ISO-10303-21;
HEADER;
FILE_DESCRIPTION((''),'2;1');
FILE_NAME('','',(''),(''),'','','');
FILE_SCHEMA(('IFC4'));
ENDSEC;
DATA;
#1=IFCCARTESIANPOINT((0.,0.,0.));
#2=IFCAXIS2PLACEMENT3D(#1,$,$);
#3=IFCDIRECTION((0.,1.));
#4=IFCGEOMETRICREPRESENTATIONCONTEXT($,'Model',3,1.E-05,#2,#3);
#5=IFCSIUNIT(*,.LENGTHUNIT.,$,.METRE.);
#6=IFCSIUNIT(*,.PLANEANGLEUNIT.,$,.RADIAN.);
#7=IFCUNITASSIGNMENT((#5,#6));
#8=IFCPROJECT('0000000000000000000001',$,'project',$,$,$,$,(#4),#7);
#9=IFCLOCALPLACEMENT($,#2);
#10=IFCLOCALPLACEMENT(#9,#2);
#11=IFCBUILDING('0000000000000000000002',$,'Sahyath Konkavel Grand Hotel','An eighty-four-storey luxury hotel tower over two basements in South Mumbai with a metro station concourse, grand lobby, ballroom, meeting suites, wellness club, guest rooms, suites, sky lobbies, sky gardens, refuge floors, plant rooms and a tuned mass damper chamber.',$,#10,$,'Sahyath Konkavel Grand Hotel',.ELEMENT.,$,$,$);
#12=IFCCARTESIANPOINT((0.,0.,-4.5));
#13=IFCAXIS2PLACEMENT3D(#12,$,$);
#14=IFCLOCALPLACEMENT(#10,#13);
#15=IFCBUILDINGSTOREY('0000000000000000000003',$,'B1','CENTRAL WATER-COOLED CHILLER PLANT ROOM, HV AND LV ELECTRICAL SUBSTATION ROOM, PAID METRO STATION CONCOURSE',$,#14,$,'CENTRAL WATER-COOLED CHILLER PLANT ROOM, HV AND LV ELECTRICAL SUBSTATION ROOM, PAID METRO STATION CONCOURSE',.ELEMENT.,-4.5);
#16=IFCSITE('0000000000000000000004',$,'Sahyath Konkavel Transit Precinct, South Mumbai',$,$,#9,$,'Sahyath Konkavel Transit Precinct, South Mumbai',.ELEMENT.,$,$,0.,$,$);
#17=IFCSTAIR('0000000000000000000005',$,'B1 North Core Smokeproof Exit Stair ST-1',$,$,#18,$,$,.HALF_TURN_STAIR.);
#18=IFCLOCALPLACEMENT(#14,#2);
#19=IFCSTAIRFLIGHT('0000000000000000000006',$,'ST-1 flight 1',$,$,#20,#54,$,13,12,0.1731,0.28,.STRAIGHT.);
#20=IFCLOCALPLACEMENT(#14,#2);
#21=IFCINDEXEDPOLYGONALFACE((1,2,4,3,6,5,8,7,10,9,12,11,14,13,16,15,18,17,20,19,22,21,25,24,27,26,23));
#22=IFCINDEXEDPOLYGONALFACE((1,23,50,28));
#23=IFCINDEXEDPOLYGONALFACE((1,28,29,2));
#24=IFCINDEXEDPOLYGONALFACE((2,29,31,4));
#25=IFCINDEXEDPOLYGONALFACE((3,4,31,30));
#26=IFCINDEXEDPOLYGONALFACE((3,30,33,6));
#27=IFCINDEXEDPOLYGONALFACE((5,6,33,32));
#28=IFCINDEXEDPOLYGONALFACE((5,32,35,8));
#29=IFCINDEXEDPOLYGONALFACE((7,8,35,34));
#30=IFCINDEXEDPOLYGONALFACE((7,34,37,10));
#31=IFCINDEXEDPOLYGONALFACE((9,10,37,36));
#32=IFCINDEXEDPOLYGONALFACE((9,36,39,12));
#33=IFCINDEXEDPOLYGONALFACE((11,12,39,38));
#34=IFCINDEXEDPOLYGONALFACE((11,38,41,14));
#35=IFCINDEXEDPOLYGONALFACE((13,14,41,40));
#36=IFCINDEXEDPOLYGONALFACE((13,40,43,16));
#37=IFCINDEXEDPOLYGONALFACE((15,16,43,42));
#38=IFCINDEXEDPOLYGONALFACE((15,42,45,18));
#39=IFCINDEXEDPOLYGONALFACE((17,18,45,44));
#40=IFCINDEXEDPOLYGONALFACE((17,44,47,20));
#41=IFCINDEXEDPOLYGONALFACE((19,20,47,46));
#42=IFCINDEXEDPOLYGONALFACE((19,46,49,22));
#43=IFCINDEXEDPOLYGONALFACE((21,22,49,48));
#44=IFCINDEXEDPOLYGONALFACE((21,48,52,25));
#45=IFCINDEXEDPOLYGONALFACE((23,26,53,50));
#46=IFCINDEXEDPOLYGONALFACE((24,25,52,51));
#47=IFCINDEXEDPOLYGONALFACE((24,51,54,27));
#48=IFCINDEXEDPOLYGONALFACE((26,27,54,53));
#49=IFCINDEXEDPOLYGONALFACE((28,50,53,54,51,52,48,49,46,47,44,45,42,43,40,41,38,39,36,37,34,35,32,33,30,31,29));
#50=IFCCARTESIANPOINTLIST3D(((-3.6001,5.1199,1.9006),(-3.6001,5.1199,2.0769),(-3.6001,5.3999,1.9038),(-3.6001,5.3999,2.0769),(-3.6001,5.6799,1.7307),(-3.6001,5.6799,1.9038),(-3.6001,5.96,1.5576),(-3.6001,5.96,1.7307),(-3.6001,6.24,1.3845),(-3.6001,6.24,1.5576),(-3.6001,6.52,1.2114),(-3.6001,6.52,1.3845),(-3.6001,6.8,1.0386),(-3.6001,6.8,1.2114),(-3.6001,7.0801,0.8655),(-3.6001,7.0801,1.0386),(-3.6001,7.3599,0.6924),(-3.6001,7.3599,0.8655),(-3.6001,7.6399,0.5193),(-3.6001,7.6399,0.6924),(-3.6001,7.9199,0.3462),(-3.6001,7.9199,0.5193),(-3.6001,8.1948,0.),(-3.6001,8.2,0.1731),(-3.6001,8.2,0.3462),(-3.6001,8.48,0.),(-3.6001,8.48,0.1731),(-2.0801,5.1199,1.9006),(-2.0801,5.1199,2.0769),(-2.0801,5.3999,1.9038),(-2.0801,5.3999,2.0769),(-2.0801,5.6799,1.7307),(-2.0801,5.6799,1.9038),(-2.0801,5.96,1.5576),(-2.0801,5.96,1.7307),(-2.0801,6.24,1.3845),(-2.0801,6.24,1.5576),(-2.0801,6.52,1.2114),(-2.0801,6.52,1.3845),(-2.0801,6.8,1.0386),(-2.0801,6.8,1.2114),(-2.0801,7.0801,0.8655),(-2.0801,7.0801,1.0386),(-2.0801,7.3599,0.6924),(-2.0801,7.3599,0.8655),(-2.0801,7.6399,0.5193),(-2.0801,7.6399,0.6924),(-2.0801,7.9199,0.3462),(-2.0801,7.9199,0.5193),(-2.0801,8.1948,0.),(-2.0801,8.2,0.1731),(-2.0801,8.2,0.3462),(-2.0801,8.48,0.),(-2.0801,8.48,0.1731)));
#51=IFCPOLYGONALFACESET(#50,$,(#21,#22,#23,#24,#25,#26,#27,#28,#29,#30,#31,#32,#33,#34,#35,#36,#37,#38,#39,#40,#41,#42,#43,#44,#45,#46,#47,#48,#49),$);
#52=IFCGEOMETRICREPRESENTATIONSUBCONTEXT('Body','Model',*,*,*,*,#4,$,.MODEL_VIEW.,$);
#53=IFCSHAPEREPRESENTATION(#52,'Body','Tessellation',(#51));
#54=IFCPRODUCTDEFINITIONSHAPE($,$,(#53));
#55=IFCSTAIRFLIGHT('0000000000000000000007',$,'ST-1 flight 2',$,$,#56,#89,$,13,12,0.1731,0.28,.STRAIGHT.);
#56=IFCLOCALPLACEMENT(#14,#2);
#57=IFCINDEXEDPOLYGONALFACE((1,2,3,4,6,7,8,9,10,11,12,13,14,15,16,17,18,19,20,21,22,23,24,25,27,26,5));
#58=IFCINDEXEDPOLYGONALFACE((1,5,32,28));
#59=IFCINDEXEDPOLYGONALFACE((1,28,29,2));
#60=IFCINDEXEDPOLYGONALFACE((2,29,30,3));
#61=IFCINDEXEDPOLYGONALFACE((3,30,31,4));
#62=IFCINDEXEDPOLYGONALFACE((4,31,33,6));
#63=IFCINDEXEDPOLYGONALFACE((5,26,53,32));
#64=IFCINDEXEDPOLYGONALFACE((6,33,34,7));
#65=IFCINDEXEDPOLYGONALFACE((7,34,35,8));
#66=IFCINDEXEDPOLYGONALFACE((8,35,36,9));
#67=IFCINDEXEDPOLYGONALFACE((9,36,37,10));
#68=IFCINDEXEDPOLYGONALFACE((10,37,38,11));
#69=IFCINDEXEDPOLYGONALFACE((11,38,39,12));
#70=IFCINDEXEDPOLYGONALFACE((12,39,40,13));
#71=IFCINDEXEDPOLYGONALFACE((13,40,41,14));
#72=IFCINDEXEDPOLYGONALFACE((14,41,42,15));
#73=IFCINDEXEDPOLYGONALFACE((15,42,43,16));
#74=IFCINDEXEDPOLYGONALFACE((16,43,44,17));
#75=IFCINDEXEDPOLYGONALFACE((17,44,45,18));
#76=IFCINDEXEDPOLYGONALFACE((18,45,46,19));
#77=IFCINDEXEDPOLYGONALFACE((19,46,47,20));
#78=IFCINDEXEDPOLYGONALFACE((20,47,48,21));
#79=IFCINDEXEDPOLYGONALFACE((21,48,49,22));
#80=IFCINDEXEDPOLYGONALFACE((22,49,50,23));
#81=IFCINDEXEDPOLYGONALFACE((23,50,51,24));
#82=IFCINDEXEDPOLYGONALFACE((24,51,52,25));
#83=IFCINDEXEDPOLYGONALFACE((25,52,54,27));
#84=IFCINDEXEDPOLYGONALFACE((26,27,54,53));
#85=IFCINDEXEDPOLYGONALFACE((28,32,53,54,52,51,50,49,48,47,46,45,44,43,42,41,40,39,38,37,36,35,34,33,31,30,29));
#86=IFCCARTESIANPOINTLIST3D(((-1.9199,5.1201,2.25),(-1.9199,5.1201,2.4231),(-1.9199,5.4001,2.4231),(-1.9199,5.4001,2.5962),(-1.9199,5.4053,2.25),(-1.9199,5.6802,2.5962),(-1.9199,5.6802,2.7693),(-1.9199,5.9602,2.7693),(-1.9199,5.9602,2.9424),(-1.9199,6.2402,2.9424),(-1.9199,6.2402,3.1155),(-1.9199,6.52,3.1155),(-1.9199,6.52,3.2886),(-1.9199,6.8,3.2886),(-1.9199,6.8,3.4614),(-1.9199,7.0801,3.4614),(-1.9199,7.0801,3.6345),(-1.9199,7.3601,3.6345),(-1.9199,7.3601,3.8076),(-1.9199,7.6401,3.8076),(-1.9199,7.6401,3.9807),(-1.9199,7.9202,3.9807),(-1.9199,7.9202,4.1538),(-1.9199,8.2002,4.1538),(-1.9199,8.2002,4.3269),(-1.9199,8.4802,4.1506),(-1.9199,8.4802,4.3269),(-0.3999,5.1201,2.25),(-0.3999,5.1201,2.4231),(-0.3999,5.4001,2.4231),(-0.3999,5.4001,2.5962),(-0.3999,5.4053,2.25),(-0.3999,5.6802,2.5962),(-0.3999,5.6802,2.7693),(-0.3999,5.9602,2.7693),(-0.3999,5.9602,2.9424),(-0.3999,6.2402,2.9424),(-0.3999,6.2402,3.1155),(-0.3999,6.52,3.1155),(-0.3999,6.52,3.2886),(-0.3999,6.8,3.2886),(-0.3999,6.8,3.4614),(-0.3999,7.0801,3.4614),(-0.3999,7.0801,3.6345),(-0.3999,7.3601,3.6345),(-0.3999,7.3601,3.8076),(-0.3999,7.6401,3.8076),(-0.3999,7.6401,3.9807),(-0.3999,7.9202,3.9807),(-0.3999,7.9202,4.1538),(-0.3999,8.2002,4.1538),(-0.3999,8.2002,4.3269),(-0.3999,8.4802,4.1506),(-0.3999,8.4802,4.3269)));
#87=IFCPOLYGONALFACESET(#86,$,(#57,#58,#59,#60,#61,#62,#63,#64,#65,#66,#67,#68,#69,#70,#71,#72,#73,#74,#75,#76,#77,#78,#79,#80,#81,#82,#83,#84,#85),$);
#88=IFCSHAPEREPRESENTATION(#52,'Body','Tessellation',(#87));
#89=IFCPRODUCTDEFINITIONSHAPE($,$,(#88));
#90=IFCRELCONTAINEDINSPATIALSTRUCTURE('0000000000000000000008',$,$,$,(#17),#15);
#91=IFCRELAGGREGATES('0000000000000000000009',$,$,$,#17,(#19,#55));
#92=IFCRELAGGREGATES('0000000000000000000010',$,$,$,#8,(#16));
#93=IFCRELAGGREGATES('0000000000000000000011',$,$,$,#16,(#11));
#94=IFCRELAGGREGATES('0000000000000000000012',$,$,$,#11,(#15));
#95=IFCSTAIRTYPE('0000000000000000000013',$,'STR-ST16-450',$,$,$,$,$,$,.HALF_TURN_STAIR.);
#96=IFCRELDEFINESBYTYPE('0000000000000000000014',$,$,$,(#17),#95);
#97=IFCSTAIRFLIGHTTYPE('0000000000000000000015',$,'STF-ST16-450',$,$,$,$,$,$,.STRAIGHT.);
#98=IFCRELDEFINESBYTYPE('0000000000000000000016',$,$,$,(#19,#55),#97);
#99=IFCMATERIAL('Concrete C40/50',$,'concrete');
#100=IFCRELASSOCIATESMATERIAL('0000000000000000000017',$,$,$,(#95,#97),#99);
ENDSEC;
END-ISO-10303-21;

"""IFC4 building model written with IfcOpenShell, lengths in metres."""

from ifc_helpers import new_model, si_unit, direction, frame, origin, place, context, subcontext, project, spatial, polyline, outline, extrude, material, type_object, element, aggregate, save


model = new_model("IFC4")

# Units and contexts
model_context = context("Model", 3, precision=1e-05, world=origin(), true_north=direction((0.0, 1.0)))
body_context = subcontext(model_context, "Body", "Model", "MODEL_VIEW")
ifc_project = project(units=[si_unit("LENGTHUNIT", "METRE"), si_unit("PLANEANGLEUNIT", "RADIAN")], contexts=[model_context])

# Site, building, storey
site_placement = place(None, origin())
site = spatial("IfcSite", under=ifc_project, at=site_placement, Name="Sahyath Konkavel Transit Precinct, South Mumbai", LongName="Sahyath Konkavel Transit Precinct, South Mumbai", CompositionType="ELEMENT", RefElevation=0.0)
building_placement = place(site_placement, origin())
building = spatial("IfcBuilding", under=site, at=building_placement, Name="Sahyath Konkavel Grand Hotel", Description="An eighty-four-storey luxury hotel tower over two basements in South Mumbai with a metro station concourse, grand lobby, ballroom, meeting suites, wellness club, guest rooms, suites, sky lobbies, sky gardens, refuge floors, plant rooms and a tuned mass damper chamber.", LongName="Sahyath Konkavel Grand Hotel", CompositionType="ELEMENT")
storey_placement = place(building_placement, frame((0.0, 0.0, -4.5)))
storey = spatial("IfcBuildingStorey", under=building, at=storey_placement, Name="B1", Description="CENTRAL WATER-COOLED CHILLER PLANT ROOM, HV AND LV ELECTRICAL SUBSTATION ROOM, PAID METRO STATION CONCOURSE", LongName="CENTRAL WATER-COOLED CHILLER PLANT ROOM, HV AND LV ELECTRICAL SUBSTATION ROOM, PAID METRO STATION CONCOURSE", CompositionType="ELEMENT", Elevation=-4.5)

# Shared definitions
ifc_material_1 = material(Name="Concrete C40/50", Category="concrete")

# Stair, stair flights
stair_type = type_object("IfcStairType", Name="STR-ST16-450", PredefinedType="HALF_TURN_STAIR", material=ifc_material_1)
stair_placement = place(storey_placement, origin())
stair = element("IfcStair", 1, at=stair_placement, inside=storey, type_object=stair_type, Name="B1 North Core Smokeproof Exit Stair ST-1", PredefinedType="HALF_TURN_STAIR")
stair_flight_type = type_object("IfcStairFlightType", Name="STF-ST16-450", PredefinedType="STRAIGHT", material=ifc_material_1)
stair_flight_1_placement = place(storey_placement, frame((-2.8401, 8.48, 0.0), z_axis=(0.0, 0.0, 1.0), x_axis=(0.0, -1.0, 0.0)))
stair_flight_1 = element("IfcStairFlight", 2, at=stair_flight_1_placement, type_object=stair_flight_type, Name="ST-1 flight 1", NumberOfRisers=13, NumberOfTreads=12, PredefinedType="STRAIGHT", RiserHeight=0.1731, TreadLength=0.28, context=body_context, shape_type="SweptSolid", body=[
    extrude(outline(polyline([(0.0, 0.0), (0.0, 0.1731), (0.28, 0.1731), (0.28, 0.3462), (0.5601, 0.3462), (0.5601, 0.5193), (0.8401, 0.5193), (0.8401, 0.6924), (1.1201, 0.6924), (1.1201, 0.8655), (1.3999, 0.8655), (1.3999, 1.0386), (1.6799, 1.0386), (1.6799, 1.2114), (1.96, 1.2114), (1.96, 1.3845), (2.24, 1.3845), (2.24, 1.5576), (2.52, 1.5576), (2.52, 1.7307), (2.8, 1.7307), (2.8, 1.9038), (3.0801, 1.9038), (3.0801, 2.0769), (3.3601, 2.0769), (3.3601, 2.25), (3.3601, 1.9006), (0.2852, 0.0), (0.0, 0.0)])), frame((0.0, 0.76, 0.0), z_axis=(0.0, -1.0, 0.0), x_axis=(1.0, 0.0, 0.0)), (0.0, 0.0, 1.0), 1.52),
])
stair_flight_2_placement = place(storey_placement, frame((-1.1599, 5.1201, 2.25), z_axis=(0.0, 0.0, 1.0), x_axis=(0.0, 1.0, 0.0)))
stair_flight_2 = element("IfcStairFlight", 3, at=stair_flight_2_placement, type_object=stair_flight_type, Name="ST-1 flight 2", NumberOfRisers=13, NumberOfTreads=12, PredefinedType="STRAIGHT", RiserHeight=0.1731, TreadLength=0.28, context=body_context, shape_type="SweptSolid", body=[
    extrude(outline(polyline([(0.0, 0.0), (0.0, 0.1731), (0.28, 0.1731), (0.28, 0.3462), (0.5601, 0.3462), (0.5601, 0.5193), (0.8401, 0.5193), (0.8401, 0.6924), (1.1201, 0.6924), (1.1201, 0.8655), (1.3999, 0.8655), (1.3999, 1.0386), (1.6799, 1.0386), (1.6799, 1.2114), (1.96, 1.2114), (1.96, 1.3845), (2.24, 1.3845), (2.24, 1.5576), (2.52, 1.5576), (2.52, 1.7307), (2.8, 1.7307), (2.8, 1.9038), (3.0801, 1.9038), (3.0801, 2.0769), (3.3601, 2.0769), (3.3601, 2.25), (3.3601, 1.9006), (0.2852, 0.0), (0.0, 0.0)])), frame((0.0, 0.76, 0.0), z_axis=(0.0, -1.0, 0.0), x_axis=(1.0, 0.0, 0.0)), (0.0, 0.0, 1.0), 1.52),
])
aggregate(stair, [stair_flight_1, stair_flight_2])

save(model, "model.ifc")
